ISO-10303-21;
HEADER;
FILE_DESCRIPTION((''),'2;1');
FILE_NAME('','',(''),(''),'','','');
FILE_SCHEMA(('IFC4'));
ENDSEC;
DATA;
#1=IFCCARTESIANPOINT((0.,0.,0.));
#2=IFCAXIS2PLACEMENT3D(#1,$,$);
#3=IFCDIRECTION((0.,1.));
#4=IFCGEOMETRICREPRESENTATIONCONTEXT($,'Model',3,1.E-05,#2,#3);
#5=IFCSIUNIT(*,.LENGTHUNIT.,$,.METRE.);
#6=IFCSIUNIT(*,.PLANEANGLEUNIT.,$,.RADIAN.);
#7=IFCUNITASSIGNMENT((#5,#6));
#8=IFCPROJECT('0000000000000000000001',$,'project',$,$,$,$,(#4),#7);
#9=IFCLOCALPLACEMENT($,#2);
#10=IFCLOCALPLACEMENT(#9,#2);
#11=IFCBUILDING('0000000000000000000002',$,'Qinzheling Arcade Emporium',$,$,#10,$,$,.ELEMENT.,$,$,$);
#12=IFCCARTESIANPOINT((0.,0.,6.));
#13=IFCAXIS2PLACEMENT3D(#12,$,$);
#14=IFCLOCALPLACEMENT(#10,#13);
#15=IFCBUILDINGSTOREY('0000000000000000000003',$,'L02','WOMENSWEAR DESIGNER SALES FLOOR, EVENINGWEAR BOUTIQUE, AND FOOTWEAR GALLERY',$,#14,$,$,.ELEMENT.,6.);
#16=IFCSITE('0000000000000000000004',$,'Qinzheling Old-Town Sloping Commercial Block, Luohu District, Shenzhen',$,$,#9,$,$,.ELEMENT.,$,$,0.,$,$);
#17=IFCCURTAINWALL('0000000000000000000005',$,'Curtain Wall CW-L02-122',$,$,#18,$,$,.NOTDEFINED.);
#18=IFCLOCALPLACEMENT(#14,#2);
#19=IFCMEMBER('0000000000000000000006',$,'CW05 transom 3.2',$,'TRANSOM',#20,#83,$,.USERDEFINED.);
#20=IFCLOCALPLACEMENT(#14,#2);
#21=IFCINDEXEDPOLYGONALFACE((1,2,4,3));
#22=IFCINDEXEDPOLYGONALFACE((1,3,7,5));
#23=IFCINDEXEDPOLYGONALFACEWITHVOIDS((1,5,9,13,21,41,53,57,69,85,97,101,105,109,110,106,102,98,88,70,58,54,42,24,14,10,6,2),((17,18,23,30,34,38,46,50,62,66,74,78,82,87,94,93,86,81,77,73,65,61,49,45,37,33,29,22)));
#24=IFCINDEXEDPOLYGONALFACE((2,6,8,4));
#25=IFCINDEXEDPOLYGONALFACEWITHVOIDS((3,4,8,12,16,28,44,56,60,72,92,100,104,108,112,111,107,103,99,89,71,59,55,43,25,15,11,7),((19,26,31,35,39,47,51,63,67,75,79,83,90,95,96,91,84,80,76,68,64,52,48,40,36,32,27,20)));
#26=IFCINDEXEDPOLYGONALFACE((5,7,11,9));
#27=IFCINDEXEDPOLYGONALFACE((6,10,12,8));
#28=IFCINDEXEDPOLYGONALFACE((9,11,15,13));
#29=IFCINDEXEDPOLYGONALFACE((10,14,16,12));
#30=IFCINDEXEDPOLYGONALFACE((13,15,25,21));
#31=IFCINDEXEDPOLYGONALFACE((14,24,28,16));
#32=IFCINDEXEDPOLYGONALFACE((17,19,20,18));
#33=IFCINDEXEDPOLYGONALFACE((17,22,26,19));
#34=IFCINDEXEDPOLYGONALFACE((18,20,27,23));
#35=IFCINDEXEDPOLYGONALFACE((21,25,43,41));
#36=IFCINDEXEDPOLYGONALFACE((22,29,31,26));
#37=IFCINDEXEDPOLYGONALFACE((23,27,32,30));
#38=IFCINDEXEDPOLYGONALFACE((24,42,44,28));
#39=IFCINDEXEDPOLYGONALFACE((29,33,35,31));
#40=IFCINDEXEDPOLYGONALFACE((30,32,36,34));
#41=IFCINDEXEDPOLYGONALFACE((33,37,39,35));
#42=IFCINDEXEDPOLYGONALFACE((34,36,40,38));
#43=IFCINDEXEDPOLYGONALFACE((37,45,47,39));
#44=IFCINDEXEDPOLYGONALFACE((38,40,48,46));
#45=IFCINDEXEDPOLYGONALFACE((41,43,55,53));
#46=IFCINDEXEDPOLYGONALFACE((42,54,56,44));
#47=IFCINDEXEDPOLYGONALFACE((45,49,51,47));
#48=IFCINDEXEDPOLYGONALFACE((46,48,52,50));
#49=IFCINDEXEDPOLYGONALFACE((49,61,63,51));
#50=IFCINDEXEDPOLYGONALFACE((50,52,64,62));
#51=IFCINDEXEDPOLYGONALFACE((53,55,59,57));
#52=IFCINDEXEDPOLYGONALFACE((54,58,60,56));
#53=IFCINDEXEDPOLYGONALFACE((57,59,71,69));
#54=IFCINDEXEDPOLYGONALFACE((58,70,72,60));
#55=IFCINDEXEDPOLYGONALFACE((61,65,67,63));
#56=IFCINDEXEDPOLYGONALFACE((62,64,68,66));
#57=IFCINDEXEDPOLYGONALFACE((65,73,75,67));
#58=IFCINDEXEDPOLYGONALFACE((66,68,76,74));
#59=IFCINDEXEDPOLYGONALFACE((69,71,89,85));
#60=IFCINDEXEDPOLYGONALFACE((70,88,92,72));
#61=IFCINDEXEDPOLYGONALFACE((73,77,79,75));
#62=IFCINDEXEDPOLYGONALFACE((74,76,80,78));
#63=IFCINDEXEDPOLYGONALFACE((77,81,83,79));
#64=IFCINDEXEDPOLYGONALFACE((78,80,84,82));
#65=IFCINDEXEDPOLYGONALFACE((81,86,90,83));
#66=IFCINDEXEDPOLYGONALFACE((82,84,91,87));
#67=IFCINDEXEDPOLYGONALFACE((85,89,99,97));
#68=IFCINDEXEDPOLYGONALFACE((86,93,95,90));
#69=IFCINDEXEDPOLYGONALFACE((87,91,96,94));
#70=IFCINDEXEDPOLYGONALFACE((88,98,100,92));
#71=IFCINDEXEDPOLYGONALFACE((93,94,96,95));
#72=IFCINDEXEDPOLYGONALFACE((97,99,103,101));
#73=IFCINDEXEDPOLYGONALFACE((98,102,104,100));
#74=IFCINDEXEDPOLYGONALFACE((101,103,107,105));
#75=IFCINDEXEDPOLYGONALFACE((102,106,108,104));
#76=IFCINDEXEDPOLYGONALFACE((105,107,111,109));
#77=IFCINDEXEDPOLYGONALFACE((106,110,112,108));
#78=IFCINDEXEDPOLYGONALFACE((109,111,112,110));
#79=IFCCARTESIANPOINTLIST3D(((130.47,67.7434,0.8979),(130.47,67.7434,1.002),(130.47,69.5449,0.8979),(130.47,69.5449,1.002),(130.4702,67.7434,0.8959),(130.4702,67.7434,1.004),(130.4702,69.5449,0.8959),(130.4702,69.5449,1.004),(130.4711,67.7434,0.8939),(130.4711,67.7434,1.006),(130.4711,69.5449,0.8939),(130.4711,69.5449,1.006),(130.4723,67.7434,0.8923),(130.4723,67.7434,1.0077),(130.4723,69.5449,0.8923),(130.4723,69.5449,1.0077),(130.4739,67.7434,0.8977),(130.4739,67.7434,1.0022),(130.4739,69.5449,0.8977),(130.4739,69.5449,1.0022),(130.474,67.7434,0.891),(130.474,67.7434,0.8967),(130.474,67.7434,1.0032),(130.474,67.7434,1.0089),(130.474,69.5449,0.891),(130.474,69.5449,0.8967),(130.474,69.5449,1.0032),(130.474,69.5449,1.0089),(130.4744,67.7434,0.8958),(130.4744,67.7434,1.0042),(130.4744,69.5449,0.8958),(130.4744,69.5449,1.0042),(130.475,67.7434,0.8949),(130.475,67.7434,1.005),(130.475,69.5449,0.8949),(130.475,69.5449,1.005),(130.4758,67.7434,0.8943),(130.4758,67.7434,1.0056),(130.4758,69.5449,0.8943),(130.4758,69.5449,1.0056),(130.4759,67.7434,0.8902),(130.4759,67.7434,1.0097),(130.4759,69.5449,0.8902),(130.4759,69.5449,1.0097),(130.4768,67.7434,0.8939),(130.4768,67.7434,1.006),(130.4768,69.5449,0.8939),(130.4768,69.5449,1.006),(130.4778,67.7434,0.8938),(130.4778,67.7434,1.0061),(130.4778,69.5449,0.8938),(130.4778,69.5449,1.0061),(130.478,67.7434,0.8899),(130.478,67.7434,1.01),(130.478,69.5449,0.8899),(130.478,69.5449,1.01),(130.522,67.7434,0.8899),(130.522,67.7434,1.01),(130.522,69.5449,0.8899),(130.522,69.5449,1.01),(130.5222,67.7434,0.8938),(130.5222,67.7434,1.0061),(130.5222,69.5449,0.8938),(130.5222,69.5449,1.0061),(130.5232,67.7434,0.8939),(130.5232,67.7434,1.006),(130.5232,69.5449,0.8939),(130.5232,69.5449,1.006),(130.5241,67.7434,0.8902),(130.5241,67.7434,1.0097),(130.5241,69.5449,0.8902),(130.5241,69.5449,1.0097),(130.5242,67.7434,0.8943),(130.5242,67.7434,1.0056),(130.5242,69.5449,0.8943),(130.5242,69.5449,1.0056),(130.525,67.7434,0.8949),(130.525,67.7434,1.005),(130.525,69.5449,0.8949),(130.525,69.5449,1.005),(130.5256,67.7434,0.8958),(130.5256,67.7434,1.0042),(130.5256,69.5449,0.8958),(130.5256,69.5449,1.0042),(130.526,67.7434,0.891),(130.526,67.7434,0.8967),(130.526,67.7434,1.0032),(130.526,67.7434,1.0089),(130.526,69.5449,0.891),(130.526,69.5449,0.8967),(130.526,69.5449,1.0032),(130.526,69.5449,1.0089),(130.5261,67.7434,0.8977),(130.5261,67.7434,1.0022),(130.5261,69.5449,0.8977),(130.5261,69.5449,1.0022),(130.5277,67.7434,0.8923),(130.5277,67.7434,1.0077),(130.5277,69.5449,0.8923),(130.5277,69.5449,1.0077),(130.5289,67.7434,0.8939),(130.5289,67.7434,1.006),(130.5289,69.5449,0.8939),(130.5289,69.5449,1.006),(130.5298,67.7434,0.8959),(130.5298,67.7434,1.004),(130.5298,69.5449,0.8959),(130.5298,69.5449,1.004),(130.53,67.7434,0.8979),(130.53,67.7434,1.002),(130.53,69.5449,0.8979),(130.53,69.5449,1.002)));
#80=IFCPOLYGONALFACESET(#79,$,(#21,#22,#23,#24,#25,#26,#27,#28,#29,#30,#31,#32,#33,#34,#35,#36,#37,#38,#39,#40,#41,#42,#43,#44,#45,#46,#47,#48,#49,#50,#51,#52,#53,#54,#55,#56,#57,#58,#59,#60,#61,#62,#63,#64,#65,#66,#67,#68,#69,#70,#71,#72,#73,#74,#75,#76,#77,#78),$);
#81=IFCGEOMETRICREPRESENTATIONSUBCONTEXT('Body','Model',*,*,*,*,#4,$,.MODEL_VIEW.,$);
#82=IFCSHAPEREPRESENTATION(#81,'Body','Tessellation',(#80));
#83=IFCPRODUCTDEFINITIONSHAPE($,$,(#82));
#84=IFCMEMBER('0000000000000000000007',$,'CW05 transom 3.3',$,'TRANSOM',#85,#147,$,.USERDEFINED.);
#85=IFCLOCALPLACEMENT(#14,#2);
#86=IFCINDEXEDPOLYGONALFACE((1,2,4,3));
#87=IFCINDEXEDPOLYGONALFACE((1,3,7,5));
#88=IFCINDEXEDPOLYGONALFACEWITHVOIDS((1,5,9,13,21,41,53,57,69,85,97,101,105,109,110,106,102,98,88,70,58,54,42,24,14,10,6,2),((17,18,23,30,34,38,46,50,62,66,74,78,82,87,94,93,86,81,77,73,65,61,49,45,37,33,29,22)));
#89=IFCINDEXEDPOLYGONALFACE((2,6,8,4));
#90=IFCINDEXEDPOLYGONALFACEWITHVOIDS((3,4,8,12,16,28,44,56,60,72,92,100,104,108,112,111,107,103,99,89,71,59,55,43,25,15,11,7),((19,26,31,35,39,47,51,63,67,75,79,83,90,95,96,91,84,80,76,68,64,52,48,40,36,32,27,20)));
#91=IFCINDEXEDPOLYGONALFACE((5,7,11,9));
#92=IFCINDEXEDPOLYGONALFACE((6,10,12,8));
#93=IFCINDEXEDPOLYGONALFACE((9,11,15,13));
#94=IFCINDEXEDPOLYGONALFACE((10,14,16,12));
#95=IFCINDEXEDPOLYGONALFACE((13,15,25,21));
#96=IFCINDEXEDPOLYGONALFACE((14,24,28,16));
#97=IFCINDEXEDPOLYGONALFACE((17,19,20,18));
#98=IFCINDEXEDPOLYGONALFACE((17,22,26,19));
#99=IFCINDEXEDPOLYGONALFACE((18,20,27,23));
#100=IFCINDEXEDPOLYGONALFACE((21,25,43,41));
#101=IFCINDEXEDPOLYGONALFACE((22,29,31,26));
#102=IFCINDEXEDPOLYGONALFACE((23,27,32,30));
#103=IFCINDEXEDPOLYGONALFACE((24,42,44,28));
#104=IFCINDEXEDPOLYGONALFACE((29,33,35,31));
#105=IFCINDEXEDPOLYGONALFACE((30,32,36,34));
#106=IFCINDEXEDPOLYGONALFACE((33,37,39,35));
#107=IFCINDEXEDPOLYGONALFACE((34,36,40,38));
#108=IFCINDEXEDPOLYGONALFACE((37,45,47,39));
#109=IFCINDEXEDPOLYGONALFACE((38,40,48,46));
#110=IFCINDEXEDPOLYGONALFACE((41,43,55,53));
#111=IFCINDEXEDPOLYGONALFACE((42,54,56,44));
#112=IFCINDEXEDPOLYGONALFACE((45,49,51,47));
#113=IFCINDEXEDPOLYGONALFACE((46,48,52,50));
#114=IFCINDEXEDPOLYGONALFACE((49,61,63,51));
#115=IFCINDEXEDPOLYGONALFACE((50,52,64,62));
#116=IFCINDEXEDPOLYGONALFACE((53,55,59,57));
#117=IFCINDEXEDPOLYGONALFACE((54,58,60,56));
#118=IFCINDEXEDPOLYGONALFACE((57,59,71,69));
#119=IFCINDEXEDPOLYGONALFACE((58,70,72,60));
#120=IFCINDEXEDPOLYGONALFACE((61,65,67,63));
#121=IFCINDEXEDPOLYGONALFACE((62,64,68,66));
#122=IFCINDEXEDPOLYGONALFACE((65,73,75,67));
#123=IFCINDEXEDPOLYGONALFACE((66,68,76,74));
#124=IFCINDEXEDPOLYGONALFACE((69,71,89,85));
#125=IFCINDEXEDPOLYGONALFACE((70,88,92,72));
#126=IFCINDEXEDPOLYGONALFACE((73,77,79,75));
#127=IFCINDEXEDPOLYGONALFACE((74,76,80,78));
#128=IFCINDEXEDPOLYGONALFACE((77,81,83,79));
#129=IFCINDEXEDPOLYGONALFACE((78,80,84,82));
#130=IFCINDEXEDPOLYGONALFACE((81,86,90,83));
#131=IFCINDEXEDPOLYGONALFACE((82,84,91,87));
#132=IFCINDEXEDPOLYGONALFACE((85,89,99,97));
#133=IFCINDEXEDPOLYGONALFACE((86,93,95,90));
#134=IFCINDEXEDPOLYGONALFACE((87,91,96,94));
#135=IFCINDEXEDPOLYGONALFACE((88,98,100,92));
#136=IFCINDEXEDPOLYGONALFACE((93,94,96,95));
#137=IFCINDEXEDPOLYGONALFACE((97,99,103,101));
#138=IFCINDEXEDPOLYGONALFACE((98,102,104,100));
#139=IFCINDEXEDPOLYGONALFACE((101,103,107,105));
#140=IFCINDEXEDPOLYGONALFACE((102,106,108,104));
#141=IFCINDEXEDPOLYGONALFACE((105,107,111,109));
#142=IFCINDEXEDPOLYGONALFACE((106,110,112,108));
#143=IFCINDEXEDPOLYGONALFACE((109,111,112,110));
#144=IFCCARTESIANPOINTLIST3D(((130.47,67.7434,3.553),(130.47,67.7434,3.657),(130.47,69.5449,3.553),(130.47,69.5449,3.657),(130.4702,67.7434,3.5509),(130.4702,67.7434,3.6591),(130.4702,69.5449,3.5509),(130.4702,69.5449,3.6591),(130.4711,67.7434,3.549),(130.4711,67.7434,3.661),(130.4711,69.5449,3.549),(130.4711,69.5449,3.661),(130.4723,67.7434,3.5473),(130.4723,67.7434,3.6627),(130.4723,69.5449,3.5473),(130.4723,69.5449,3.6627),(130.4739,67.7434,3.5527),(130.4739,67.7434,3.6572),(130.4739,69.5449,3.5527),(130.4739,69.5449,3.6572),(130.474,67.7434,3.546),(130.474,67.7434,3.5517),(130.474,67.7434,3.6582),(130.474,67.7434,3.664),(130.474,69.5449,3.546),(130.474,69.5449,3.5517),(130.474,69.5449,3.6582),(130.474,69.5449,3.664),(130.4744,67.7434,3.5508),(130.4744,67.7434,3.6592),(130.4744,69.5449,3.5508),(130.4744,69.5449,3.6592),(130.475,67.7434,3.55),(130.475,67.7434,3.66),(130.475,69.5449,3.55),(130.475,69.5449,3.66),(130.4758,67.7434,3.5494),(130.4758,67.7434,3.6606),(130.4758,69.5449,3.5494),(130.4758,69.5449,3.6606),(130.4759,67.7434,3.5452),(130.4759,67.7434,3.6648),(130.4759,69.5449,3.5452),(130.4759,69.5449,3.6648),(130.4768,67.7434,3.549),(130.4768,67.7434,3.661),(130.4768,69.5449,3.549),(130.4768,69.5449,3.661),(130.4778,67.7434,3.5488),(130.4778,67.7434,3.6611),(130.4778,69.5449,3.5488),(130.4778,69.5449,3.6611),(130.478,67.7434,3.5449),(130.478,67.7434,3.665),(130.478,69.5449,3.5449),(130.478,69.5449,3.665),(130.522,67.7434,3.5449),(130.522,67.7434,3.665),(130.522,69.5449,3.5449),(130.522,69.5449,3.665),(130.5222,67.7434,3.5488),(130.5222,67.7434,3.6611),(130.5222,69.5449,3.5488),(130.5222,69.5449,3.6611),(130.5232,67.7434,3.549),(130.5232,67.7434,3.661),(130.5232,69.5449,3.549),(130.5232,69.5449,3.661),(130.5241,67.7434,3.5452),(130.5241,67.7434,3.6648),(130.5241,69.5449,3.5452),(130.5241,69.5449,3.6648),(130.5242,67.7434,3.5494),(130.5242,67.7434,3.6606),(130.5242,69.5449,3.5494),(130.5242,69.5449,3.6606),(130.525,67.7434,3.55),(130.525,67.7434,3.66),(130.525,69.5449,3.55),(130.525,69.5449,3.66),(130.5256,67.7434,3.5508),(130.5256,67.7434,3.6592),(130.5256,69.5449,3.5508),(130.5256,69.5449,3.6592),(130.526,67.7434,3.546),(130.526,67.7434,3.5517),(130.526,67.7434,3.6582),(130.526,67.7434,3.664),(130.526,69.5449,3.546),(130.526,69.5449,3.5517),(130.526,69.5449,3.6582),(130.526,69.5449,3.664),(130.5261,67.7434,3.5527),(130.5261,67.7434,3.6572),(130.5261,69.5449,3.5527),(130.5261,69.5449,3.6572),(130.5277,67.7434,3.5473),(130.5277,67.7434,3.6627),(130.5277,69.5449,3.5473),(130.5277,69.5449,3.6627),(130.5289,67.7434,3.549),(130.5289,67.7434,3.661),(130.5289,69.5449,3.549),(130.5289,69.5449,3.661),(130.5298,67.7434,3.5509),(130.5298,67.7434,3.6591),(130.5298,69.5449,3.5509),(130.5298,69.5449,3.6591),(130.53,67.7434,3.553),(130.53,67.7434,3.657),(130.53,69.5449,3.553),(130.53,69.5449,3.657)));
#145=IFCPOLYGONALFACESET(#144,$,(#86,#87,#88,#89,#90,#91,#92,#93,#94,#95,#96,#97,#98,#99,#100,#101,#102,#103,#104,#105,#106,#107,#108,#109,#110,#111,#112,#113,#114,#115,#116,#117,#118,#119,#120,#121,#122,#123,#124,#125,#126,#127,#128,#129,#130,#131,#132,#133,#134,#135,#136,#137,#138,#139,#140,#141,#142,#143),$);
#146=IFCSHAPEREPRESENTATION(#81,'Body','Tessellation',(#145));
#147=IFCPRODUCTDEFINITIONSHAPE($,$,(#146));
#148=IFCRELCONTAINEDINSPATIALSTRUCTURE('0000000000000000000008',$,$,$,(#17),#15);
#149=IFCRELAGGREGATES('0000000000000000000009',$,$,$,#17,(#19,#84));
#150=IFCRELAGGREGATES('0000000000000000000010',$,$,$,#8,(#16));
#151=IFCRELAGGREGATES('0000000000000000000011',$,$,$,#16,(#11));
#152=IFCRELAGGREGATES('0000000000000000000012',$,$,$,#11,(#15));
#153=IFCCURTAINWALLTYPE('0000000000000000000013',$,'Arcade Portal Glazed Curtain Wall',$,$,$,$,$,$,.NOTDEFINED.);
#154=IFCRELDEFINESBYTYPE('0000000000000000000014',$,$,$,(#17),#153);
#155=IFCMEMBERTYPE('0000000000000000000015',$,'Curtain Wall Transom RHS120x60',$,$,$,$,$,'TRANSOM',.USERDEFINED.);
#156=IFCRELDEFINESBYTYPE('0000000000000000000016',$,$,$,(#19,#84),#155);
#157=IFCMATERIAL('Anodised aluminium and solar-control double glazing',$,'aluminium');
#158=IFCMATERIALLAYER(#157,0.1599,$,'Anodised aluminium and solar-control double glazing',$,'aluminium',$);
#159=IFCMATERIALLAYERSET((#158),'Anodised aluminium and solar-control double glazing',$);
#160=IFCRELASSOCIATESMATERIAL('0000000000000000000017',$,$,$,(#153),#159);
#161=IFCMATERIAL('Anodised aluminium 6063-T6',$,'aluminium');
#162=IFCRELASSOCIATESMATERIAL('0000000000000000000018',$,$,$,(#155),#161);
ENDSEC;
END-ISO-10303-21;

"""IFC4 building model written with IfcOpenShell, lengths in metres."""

from ifc_helpers import new_model, si_unit, direction, frame, origin, origin_2d, place, context, subcontext, project, spatial, hollow_rectangle, extrude, material, layer, layer_set, material_profile, profile_set, type_object, element, aggregate, save


model = new_model("IFC4")

# Units and contexts
model_context = context("Model", 3, precision=1e-05, world=origin(), true_north=direction((0.0, 1.0)))
body_context = subcontext(model_context, "Body", "Model", "MODEL_VIEW")
ifc_project = project(units=[si_unit("LENGTHUNIT", "METRE"), si_unit("PLANEANGLEUNIT", "RADIAN")], contexts=[model_context])

# Site, building, storey
site_placement = place(None, origin())
site = spatial("IfcSite", under=ifc_project, at=site_placement, Name="Qinzheling Old-Town Sloping Commercial Block, Luohu District, Shenzhen", CompositionType="ELEMENT", RefElevation=0.0)
building_placement = place(site_placement, origin())
building = spatial("IfcBuilding", under=site, at=building_placement, Name="Qinzheling Arcade Emporium", CompositionType="ELEMENT")
storey_placement = place(building_placement, frame((0.0, 0.0, 6.0)))
storey = spatial("IfcBuildingStorey", under=building, at=storey_placement, Name="L02", Description="WOMENSWEAR DESIGNER SALES FLOOR, EVENINGWEAR BOUTIQUE, AND FOOTWEAR GALLERY", CompositionType="ELEMENT", Elevation=6.0)

# Curtain wall, members
ifc_material_1 = material(Name="Anodised aluminium and solar-control double glazing", Category="aluminium")
ifc_layer_1 = layer(ifc_material_1, 0.1599, Name="Anodised aluminium and solar-control double glazing", Category="aluminium")
ifc_layer_set_1 = layer_set([ifc_layer_1], Name="Anodised aluminium and solar-control double glazing")
curtain_wall_type = type_object("IfcCurtainWallType", Name="Arcade Portal Glazed Curtain Wall", PredefinedType="NOTDEFINED", material=ifc_layer_set_1)
curtain_wall_placement = place(storey_placement, origin())
curtain_wall = element("IfcCurtainWall", 1, at=curtain_wall_placement, inside=storey, type_object=curtain_wall_type, Name="Curtain Wall CW-L02-122", PredefinedType="NOTDEFINED")
ifc_material_2 = material(Name="Anodised aluminium 6063-T6", Category="aluminium")
ifc_material_profile_1 = material_profile(ifc_material_2, hollow_rectangle(XDim=0.0601, YDim=0.1201, WallThickness=0.0039, InnerFilletRadius=0.0039, OuterFilletRadius=0.0081, at=origin_2d()), Name="RHS 120x60x4", Category="aluminium")
ifc_profile_set_1 = profile_set([ifc_material_profile_1], Name="Anodised aluminium 6063-T6")
member_type_1 = type_object("IfcMemberType", Name="Curtain Wall Transom RHS120x60", ElementType="TRANSOM", PredefinedType="USERDEFINED", material=ifc_profile_set_1)
member_1_placement = place(storey_placement, frame((130.5, 69.5449, 0.95), z_axis=(0.0, -1.0, 0.0), x_axis=(1.0, 0.0, 0.0)))
member_1 = element("IfcMember", 2, at=member_1_placement, type_object=member_type_1, Name="CW05 transom 3.2", ObjectType="TRANSOM", PredefinedType="USERDEFINED", context=body_context, shape_type="SweptSolid", body=[
    extrude(hollow_rectangle(XDim=0.0601, YDim=0.1201, WallThickness=0.0039, InnerFilletRadius=0.0039, OuterFilletRadius=0.0081, at=origin_2d()), origin(), (0.0, 0.0, 1.0), 1.8015),
])
member_2_placement = place(storey_placement, frame((130.5, 69.5449, 3.605), z_axis=(0.0, -1.0, 0.0), x_axis=(1.0, 0.0, 0.0)))
member_2 = element("IfcMember", 3, at=member_2_placement, type_object=member_type_1, Name="CW05 transom 3.3", ObjectType="TRANSOM", PredefinedType="USERDEFINED", context=body_context, shape_type="SweptSolid", body=[
    extrude(hollow_rectangle(XDim=0.0601, YDim=0.1201, WallThickness=0.0039, InnerFilletRadius=0.0039, OuterFilletRadius=0.0081, at=origin_2d()), origin(), (0.0, 0.0, 1.0), 1.8015),
])
aggregate(curtain_wall, [member_1, member_2])

save(model, "model.ifc")
